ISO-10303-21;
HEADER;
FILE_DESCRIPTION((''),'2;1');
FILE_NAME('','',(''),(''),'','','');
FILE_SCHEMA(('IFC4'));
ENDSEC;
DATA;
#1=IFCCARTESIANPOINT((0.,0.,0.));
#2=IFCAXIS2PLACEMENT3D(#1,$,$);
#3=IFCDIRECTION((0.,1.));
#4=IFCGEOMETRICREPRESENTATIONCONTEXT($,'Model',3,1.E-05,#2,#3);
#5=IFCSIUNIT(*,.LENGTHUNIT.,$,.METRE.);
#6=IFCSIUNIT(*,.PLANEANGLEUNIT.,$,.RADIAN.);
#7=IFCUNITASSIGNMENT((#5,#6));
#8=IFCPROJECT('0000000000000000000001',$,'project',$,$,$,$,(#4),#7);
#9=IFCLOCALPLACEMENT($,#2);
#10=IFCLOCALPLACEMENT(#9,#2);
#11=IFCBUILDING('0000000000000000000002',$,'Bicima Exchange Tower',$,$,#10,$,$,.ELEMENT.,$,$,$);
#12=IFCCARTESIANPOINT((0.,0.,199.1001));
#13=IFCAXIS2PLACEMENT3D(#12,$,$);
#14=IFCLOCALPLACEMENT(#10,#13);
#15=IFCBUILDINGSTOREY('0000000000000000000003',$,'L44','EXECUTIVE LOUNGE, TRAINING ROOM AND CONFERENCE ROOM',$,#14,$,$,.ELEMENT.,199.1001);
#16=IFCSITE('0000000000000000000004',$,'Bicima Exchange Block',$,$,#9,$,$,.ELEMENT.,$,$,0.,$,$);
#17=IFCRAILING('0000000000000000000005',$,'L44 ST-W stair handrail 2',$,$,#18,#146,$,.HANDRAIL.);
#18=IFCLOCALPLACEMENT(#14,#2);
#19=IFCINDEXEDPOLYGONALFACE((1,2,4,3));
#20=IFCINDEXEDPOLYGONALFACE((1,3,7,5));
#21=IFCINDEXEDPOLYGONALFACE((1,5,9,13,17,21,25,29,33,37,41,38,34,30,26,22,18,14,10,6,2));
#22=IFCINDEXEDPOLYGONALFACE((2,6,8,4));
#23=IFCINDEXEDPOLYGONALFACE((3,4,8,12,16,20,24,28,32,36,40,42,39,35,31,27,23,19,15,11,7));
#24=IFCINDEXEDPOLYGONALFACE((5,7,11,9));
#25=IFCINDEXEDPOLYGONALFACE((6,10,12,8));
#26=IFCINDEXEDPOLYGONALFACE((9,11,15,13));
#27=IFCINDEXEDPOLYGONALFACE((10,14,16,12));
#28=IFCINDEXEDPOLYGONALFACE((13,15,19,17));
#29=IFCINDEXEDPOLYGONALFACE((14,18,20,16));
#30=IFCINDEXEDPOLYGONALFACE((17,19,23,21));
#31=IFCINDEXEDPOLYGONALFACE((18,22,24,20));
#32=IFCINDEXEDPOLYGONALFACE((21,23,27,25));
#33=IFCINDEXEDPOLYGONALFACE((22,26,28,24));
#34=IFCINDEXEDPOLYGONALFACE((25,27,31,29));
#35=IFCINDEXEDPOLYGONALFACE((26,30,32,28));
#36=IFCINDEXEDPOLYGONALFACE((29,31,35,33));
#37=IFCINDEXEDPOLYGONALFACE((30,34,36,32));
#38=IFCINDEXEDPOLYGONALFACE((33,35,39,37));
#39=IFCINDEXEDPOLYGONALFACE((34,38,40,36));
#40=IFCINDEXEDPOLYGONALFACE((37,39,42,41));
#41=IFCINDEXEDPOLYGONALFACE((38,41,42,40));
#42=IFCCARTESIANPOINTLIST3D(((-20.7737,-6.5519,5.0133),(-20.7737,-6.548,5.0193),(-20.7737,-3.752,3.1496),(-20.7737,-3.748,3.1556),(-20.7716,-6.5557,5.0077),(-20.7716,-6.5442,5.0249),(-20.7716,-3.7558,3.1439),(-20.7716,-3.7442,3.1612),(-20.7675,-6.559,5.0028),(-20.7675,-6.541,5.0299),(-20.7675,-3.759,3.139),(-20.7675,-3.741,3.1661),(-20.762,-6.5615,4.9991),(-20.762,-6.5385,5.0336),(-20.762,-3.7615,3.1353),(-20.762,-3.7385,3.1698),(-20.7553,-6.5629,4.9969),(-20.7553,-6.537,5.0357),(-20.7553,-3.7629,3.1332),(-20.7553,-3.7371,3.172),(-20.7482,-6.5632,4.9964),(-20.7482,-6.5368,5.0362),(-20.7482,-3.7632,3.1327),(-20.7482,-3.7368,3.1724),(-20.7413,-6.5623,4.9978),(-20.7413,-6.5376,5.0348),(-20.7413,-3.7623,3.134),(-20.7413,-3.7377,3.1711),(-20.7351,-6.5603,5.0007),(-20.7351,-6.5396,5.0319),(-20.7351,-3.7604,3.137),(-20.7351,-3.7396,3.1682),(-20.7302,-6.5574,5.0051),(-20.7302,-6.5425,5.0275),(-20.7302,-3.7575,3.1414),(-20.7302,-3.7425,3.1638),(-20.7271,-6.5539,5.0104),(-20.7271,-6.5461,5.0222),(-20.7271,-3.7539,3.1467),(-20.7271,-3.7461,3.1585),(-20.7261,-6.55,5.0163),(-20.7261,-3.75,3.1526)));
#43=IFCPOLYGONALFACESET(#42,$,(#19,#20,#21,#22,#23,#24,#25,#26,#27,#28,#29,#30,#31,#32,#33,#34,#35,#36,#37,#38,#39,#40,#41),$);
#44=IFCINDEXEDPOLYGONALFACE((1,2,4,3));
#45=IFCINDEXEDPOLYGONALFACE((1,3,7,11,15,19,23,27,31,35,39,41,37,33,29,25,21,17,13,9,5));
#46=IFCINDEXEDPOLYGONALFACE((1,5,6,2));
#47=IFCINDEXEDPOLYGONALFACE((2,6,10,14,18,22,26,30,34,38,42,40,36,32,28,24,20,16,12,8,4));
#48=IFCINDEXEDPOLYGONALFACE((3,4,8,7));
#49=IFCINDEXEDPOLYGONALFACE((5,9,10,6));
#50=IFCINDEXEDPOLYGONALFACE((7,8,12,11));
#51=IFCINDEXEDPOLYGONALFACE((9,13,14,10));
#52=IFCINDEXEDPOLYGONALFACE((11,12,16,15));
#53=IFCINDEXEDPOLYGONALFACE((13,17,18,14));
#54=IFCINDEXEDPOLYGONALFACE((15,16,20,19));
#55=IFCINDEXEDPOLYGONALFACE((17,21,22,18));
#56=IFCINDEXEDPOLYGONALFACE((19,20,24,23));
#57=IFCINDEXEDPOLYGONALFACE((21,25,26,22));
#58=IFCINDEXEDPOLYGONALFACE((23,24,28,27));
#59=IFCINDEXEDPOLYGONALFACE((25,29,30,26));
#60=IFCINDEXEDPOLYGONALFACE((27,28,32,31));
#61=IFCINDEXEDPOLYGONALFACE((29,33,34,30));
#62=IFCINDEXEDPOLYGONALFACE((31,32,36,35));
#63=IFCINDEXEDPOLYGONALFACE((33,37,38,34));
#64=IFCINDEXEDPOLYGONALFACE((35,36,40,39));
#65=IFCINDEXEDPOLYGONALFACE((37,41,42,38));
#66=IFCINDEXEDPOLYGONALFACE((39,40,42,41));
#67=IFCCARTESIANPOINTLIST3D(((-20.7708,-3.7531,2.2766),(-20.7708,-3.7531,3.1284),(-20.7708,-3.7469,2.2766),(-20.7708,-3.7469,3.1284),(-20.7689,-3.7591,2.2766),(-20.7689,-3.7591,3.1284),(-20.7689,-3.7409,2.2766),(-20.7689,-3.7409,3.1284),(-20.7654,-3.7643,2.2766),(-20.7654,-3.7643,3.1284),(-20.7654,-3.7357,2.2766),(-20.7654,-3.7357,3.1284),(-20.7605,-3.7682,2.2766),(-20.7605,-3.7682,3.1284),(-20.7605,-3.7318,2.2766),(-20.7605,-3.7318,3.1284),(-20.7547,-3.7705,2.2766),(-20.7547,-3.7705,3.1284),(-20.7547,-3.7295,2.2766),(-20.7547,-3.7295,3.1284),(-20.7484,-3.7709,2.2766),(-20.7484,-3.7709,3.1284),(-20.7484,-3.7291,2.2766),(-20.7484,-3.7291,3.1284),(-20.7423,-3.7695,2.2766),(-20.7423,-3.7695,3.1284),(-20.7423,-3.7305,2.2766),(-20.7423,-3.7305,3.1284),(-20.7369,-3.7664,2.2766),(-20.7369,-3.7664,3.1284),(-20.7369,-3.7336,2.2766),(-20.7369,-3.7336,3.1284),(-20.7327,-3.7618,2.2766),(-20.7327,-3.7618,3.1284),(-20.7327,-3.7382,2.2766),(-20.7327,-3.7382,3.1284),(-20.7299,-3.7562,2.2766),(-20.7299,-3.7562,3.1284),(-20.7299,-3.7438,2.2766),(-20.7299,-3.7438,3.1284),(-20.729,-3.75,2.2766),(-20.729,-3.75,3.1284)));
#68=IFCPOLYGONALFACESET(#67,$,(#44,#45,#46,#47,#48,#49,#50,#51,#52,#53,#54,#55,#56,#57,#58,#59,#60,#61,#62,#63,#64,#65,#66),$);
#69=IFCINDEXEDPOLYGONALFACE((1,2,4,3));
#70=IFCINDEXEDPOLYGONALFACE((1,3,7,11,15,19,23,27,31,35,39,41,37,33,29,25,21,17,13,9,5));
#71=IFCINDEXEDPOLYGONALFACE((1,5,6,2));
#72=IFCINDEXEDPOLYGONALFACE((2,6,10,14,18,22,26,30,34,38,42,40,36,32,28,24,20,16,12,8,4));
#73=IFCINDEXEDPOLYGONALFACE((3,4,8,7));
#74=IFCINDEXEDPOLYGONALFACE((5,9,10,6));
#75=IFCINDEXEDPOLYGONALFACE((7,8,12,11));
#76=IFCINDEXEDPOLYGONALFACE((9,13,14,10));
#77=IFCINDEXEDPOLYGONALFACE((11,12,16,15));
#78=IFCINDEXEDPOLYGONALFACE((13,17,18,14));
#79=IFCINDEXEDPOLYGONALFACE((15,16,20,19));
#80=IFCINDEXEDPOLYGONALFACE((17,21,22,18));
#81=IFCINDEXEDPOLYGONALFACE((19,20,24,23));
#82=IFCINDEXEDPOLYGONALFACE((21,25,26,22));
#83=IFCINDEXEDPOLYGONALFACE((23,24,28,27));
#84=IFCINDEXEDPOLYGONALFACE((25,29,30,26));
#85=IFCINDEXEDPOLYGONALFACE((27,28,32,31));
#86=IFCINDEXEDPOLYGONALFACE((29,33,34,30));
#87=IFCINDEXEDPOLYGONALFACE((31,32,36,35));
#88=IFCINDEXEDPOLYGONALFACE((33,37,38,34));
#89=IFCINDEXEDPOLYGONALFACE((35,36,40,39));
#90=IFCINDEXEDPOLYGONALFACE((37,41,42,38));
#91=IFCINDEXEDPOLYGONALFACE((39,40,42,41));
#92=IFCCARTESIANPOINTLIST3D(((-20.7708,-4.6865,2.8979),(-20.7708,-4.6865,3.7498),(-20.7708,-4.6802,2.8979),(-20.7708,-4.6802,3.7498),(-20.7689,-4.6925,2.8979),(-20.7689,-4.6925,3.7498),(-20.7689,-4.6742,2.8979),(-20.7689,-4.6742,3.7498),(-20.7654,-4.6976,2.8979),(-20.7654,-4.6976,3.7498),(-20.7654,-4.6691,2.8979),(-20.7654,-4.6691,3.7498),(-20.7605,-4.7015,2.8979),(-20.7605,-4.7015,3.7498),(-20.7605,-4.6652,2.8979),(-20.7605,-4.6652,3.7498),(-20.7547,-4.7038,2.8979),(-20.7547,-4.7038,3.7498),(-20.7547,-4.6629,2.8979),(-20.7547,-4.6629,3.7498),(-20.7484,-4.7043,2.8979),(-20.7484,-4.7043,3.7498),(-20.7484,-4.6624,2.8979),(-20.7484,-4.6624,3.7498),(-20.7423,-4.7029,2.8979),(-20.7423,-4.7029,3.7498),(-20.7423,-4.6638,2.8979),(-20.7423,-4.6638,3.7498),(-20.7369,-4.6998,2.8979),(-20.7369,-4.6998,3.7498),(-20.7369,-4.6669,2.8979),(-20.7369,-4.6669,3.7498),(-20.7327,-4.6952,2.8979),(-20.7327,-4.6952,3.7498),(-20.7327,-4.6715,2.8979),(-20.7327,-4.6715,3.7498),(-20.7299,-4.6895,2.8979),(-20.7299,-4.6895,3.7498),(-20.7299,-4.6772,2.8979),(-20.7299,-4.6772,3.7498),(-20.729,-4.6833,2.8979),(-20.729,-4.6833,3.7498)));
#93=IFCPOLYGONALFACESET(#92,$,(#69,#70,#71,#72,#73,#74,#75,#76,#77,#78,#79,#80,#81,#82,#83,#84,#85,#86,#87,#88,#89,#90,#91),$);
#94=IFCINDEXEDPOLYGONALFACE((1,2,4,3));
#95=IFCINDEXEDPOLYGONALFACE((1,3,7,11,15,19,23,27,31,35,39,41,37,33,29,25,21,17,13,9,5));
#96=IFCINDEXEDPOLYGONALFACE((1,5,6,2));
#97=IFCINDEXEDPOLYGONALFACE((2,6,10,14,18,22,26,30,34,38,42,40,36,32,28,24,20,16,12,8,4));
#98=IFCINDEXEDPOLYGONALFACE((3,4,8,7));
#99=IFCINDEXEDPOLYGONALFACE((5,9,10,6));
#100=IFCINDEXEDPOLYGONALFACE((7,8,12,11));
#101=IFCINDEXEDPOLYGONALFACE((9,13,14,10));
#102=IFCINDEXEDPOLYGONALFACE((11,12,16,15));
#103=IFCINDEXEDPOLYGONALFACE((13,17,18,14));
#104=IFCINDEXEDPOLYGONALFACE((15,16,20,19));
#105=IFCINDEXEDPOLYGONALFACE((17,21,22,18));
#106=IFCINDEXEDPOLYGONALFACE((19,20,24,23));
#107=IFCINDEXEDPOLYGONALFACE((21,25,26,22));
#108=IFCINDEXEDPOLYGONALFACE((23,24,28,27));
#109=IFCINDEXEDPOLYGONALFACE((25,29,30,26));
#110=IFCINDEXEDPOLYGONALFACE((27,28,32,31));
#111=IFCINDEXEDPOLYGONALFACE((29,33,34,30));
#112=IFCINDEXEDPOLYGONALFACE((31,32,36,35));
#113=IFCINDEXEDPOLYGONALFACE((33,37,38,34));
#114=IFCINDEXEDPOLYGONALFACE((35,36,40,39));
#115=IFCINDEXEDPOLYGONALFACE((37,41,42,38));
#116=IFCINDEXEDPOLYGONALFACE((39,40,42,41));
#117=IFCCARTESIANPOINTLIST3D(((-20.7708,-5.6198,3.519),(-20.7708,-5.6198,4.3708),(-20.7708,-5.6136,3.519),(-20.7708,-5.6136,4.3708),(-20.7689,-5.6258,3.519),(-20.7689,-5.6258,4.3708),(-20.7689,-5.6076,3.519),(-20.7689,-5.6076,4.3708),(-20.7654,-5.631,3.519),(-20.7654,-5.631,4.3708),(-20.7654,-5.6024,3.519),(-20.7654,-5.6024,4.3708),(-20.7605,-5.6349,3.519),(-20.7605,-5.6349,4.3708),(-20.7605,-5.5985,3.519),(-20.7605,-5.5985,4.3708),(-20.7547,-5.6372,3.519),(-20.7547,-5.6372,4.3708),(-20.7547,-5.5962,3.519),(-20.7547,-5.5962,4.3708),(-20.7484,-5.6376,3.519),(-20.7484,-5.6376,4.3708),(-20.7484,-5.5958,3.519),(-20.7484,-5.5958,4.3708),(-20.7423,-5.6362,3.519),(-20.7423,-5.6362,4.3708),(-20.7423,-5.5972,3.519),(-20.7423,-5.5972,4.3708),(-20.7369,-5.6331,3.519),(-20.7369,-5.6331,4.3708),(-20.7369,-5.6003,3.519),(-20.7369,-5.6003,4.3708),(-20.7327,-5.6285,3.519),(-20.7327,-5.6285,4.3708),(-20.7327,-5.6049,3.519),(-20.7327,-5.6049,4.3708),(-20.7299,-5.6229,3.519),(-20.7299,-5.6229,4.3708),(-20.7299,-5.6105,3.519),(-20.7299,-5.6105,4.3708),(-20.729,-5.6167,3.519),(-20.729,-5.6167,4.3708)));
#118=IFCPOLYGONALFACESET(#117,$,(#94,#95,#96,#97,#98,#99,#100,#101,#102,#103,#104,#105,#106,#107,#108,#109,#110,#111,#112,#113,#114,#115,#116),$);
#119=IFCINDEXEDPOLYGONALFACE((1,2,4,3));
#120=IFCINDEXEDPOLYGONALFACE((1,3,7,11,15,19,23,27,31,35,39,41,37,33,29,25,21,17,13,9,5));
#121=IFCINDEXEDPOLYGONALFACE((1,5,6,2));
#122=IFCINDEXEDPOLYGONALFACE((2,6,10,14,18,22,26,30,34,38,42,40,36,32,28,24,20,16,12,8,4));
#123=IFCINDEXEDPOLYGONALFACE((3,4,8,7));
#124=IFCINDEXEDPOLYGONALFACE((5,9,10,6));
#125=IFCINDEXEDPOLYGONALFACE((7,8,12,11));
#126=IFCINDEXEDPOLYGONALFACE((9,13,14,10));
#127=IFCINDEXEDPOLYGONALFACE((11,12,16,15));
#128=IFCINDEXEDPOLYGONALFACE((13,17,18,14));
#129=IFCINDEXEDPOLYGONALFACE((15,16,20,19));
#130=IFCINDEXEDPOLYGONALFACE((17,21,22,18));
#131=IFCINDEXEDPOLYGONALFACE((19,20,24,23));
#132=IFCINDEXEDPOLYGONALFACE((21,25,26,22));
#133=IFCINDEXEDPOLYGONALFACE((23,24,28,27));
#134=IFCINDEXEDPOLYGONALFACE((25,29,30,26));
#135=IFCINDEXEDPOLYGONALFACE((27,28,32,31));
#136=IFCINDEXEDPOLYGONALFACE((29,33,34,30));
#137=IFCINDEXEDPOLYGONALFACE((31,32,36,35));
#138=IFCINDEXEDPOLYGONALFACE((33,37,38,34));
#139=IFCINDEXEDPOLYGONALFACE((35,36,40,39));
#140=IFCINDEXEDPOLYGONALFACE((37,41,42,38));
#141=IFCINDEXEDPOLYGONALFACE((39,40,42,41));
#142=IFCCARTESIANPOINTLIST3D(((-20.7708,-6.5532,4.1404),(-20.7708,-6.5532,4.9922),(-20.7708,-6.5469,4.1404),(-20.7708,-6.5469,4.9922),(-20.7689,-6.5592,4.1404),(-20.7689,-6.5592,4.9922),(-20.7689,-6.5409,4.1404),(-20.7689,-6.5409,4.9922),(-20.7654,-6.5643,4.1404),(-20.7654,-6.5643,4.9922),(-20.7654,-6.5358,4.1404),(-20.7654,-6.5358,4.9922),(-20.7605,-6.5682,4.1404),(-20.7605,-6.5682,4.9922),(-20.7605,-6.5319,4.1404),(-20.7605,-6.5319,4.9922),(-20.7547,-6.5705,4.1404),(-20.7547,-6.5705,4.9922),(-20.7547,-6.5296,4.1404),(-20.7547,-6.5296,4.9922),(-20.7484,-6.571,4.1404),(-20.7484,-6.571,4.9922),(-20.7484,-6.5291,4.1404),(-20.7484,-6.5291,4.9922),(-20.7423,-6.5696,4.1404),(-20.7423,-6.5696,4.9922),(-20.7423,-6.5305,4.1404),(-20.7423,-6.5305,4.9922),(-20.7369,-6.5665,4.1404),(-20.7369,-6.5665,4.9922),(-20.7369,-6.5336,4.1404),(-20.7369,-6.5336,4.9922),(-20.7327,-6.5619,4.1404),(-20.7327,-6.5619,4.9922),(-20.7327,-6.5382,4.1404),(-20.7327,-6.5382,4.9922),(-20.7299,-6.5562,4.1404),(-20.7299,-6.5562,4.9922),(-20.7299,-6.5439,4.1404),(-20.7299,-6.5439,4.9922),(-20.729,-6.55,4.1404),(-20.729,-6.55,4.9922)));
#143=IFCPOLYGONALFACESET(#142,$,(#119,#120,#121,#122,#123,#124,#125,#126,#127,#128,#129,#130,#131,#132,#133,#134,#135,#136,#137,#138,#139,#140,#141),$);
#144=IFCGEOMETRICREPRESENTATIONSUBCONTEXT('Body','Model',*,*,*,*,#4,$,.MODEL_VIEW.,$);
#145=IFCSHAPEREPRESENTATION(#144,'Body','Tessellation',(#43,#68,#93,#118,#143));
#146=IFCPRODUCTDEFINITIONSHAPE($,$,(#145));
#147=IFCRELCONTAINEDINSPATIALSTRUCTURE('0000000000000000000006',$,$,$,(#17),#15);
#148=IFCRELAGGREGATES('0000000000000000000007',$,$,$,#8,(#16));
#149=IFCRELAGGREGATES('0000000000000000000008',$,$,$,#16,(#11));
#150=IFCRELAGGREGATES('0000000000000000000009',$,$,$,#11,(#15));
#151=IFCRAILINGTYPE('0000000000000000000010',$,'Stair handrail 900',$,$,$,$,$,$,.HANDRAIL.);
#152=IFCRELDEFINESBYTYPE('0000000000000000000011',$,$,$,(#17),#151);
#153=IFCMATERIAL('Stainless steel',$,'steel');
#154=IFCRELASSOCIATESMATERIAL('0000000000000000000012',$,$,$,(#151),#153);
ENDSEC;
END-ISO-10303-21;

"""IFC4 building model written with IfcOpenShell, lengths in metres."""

from ifc_helpers import new_model, si_unit, direction, frame, origin, origin_2d, place, context, subcontext, project, spatial, circle, extrude, material, type_object, element, save


model = new_model("IFC4")

# Units and contexts
model_context = context("Model", 3, precision=1e-05, world=origin(), true_north=direction((0.0, 1.0)))
body_context = subcontext(model_context, "Body", "Model", "MODEL_VIEW")
ifc_project = project(units=[si_unit("LENGTHUNIT", "METRE"), si_unit("PLANEANGLEUNIT", "RADIAN")], contexts=[model_context])

# Site, building, storey
site_placement = place(None, origin())
site = spatial("IfcSite", under=ifc_project, at=site_placement, Name="Bicima Exchange Block", CompositionType="ELEMENT", RefElevation=0.0)
building_placement = place(site_placement, origin())
building = spatial("IfcBuilding", under=site, at=building_placement, Name="Bicima Exchange Tower", CompositionType="ELEMENT")
storey_placement = place(building_placement, frame((0.0, 0.0, 199.1001)))
storey = spatial("IfcBuildingStorey", under=building, at=storey_placement, Name="L44", Description="EXECUTIVE LOUNGE, TRAINING ROOM AND CONFERENCE ROOM", CompositionType="ELEMENT", Elevation=199.1001)

# Railing
ifc_material_1 = material(Name="Stainless steel", Category="steel")
railing_type_1 = type_object("IfcRailingType", Name="Stair handrail 900", PredefinedType="HANDRAIL", material=ifc_material_1)
railing_1_placement = place(storey_placement, frame((-20.75, -3.75, 2.2766)))
element("IfcRailing", 1, at=railing_1_placement, inside=storey, type_object=railing_type_1, Name="L44 ST-W stair handrail 2", PredefinedType="HANDRAIL", context=body_context, shape_type="SweptSolid", body=[
    extrude(circle(Radius=0.0239, at=origin_2d()), frame((0.0, 0.0, 0.876), z_axis=(0.0, -0.832452, 0.554097), x_axis=(1.0, 0.0, 0.0)), (0.0, 0.0, 1.0), 3.3635),
    extrude(circle(Radius=0.021, at=origin_2d()), origin(), (0.0, 0.0, 1.0), 0.8518),
    extrude(circle(Radius=0.021, at=origin_2d()), frame((0.0, -0.9333, 0.6213)), (0.0, 0.0, 1.0), 0.8518),
    extrude(circle(Radius=0.021, at=origin_2d()), frame((0.0, -1.8667, 1.2424)), (0.0, 0.0, 1.0), 0.8518),
    extrude(circle(Radius=0.021, at=origin_2d()), frame((0.0, -2.8, 1.8638)), (0.0, 0.0, 1.0), 0.8518),
])

save(model, "model.ifc")
